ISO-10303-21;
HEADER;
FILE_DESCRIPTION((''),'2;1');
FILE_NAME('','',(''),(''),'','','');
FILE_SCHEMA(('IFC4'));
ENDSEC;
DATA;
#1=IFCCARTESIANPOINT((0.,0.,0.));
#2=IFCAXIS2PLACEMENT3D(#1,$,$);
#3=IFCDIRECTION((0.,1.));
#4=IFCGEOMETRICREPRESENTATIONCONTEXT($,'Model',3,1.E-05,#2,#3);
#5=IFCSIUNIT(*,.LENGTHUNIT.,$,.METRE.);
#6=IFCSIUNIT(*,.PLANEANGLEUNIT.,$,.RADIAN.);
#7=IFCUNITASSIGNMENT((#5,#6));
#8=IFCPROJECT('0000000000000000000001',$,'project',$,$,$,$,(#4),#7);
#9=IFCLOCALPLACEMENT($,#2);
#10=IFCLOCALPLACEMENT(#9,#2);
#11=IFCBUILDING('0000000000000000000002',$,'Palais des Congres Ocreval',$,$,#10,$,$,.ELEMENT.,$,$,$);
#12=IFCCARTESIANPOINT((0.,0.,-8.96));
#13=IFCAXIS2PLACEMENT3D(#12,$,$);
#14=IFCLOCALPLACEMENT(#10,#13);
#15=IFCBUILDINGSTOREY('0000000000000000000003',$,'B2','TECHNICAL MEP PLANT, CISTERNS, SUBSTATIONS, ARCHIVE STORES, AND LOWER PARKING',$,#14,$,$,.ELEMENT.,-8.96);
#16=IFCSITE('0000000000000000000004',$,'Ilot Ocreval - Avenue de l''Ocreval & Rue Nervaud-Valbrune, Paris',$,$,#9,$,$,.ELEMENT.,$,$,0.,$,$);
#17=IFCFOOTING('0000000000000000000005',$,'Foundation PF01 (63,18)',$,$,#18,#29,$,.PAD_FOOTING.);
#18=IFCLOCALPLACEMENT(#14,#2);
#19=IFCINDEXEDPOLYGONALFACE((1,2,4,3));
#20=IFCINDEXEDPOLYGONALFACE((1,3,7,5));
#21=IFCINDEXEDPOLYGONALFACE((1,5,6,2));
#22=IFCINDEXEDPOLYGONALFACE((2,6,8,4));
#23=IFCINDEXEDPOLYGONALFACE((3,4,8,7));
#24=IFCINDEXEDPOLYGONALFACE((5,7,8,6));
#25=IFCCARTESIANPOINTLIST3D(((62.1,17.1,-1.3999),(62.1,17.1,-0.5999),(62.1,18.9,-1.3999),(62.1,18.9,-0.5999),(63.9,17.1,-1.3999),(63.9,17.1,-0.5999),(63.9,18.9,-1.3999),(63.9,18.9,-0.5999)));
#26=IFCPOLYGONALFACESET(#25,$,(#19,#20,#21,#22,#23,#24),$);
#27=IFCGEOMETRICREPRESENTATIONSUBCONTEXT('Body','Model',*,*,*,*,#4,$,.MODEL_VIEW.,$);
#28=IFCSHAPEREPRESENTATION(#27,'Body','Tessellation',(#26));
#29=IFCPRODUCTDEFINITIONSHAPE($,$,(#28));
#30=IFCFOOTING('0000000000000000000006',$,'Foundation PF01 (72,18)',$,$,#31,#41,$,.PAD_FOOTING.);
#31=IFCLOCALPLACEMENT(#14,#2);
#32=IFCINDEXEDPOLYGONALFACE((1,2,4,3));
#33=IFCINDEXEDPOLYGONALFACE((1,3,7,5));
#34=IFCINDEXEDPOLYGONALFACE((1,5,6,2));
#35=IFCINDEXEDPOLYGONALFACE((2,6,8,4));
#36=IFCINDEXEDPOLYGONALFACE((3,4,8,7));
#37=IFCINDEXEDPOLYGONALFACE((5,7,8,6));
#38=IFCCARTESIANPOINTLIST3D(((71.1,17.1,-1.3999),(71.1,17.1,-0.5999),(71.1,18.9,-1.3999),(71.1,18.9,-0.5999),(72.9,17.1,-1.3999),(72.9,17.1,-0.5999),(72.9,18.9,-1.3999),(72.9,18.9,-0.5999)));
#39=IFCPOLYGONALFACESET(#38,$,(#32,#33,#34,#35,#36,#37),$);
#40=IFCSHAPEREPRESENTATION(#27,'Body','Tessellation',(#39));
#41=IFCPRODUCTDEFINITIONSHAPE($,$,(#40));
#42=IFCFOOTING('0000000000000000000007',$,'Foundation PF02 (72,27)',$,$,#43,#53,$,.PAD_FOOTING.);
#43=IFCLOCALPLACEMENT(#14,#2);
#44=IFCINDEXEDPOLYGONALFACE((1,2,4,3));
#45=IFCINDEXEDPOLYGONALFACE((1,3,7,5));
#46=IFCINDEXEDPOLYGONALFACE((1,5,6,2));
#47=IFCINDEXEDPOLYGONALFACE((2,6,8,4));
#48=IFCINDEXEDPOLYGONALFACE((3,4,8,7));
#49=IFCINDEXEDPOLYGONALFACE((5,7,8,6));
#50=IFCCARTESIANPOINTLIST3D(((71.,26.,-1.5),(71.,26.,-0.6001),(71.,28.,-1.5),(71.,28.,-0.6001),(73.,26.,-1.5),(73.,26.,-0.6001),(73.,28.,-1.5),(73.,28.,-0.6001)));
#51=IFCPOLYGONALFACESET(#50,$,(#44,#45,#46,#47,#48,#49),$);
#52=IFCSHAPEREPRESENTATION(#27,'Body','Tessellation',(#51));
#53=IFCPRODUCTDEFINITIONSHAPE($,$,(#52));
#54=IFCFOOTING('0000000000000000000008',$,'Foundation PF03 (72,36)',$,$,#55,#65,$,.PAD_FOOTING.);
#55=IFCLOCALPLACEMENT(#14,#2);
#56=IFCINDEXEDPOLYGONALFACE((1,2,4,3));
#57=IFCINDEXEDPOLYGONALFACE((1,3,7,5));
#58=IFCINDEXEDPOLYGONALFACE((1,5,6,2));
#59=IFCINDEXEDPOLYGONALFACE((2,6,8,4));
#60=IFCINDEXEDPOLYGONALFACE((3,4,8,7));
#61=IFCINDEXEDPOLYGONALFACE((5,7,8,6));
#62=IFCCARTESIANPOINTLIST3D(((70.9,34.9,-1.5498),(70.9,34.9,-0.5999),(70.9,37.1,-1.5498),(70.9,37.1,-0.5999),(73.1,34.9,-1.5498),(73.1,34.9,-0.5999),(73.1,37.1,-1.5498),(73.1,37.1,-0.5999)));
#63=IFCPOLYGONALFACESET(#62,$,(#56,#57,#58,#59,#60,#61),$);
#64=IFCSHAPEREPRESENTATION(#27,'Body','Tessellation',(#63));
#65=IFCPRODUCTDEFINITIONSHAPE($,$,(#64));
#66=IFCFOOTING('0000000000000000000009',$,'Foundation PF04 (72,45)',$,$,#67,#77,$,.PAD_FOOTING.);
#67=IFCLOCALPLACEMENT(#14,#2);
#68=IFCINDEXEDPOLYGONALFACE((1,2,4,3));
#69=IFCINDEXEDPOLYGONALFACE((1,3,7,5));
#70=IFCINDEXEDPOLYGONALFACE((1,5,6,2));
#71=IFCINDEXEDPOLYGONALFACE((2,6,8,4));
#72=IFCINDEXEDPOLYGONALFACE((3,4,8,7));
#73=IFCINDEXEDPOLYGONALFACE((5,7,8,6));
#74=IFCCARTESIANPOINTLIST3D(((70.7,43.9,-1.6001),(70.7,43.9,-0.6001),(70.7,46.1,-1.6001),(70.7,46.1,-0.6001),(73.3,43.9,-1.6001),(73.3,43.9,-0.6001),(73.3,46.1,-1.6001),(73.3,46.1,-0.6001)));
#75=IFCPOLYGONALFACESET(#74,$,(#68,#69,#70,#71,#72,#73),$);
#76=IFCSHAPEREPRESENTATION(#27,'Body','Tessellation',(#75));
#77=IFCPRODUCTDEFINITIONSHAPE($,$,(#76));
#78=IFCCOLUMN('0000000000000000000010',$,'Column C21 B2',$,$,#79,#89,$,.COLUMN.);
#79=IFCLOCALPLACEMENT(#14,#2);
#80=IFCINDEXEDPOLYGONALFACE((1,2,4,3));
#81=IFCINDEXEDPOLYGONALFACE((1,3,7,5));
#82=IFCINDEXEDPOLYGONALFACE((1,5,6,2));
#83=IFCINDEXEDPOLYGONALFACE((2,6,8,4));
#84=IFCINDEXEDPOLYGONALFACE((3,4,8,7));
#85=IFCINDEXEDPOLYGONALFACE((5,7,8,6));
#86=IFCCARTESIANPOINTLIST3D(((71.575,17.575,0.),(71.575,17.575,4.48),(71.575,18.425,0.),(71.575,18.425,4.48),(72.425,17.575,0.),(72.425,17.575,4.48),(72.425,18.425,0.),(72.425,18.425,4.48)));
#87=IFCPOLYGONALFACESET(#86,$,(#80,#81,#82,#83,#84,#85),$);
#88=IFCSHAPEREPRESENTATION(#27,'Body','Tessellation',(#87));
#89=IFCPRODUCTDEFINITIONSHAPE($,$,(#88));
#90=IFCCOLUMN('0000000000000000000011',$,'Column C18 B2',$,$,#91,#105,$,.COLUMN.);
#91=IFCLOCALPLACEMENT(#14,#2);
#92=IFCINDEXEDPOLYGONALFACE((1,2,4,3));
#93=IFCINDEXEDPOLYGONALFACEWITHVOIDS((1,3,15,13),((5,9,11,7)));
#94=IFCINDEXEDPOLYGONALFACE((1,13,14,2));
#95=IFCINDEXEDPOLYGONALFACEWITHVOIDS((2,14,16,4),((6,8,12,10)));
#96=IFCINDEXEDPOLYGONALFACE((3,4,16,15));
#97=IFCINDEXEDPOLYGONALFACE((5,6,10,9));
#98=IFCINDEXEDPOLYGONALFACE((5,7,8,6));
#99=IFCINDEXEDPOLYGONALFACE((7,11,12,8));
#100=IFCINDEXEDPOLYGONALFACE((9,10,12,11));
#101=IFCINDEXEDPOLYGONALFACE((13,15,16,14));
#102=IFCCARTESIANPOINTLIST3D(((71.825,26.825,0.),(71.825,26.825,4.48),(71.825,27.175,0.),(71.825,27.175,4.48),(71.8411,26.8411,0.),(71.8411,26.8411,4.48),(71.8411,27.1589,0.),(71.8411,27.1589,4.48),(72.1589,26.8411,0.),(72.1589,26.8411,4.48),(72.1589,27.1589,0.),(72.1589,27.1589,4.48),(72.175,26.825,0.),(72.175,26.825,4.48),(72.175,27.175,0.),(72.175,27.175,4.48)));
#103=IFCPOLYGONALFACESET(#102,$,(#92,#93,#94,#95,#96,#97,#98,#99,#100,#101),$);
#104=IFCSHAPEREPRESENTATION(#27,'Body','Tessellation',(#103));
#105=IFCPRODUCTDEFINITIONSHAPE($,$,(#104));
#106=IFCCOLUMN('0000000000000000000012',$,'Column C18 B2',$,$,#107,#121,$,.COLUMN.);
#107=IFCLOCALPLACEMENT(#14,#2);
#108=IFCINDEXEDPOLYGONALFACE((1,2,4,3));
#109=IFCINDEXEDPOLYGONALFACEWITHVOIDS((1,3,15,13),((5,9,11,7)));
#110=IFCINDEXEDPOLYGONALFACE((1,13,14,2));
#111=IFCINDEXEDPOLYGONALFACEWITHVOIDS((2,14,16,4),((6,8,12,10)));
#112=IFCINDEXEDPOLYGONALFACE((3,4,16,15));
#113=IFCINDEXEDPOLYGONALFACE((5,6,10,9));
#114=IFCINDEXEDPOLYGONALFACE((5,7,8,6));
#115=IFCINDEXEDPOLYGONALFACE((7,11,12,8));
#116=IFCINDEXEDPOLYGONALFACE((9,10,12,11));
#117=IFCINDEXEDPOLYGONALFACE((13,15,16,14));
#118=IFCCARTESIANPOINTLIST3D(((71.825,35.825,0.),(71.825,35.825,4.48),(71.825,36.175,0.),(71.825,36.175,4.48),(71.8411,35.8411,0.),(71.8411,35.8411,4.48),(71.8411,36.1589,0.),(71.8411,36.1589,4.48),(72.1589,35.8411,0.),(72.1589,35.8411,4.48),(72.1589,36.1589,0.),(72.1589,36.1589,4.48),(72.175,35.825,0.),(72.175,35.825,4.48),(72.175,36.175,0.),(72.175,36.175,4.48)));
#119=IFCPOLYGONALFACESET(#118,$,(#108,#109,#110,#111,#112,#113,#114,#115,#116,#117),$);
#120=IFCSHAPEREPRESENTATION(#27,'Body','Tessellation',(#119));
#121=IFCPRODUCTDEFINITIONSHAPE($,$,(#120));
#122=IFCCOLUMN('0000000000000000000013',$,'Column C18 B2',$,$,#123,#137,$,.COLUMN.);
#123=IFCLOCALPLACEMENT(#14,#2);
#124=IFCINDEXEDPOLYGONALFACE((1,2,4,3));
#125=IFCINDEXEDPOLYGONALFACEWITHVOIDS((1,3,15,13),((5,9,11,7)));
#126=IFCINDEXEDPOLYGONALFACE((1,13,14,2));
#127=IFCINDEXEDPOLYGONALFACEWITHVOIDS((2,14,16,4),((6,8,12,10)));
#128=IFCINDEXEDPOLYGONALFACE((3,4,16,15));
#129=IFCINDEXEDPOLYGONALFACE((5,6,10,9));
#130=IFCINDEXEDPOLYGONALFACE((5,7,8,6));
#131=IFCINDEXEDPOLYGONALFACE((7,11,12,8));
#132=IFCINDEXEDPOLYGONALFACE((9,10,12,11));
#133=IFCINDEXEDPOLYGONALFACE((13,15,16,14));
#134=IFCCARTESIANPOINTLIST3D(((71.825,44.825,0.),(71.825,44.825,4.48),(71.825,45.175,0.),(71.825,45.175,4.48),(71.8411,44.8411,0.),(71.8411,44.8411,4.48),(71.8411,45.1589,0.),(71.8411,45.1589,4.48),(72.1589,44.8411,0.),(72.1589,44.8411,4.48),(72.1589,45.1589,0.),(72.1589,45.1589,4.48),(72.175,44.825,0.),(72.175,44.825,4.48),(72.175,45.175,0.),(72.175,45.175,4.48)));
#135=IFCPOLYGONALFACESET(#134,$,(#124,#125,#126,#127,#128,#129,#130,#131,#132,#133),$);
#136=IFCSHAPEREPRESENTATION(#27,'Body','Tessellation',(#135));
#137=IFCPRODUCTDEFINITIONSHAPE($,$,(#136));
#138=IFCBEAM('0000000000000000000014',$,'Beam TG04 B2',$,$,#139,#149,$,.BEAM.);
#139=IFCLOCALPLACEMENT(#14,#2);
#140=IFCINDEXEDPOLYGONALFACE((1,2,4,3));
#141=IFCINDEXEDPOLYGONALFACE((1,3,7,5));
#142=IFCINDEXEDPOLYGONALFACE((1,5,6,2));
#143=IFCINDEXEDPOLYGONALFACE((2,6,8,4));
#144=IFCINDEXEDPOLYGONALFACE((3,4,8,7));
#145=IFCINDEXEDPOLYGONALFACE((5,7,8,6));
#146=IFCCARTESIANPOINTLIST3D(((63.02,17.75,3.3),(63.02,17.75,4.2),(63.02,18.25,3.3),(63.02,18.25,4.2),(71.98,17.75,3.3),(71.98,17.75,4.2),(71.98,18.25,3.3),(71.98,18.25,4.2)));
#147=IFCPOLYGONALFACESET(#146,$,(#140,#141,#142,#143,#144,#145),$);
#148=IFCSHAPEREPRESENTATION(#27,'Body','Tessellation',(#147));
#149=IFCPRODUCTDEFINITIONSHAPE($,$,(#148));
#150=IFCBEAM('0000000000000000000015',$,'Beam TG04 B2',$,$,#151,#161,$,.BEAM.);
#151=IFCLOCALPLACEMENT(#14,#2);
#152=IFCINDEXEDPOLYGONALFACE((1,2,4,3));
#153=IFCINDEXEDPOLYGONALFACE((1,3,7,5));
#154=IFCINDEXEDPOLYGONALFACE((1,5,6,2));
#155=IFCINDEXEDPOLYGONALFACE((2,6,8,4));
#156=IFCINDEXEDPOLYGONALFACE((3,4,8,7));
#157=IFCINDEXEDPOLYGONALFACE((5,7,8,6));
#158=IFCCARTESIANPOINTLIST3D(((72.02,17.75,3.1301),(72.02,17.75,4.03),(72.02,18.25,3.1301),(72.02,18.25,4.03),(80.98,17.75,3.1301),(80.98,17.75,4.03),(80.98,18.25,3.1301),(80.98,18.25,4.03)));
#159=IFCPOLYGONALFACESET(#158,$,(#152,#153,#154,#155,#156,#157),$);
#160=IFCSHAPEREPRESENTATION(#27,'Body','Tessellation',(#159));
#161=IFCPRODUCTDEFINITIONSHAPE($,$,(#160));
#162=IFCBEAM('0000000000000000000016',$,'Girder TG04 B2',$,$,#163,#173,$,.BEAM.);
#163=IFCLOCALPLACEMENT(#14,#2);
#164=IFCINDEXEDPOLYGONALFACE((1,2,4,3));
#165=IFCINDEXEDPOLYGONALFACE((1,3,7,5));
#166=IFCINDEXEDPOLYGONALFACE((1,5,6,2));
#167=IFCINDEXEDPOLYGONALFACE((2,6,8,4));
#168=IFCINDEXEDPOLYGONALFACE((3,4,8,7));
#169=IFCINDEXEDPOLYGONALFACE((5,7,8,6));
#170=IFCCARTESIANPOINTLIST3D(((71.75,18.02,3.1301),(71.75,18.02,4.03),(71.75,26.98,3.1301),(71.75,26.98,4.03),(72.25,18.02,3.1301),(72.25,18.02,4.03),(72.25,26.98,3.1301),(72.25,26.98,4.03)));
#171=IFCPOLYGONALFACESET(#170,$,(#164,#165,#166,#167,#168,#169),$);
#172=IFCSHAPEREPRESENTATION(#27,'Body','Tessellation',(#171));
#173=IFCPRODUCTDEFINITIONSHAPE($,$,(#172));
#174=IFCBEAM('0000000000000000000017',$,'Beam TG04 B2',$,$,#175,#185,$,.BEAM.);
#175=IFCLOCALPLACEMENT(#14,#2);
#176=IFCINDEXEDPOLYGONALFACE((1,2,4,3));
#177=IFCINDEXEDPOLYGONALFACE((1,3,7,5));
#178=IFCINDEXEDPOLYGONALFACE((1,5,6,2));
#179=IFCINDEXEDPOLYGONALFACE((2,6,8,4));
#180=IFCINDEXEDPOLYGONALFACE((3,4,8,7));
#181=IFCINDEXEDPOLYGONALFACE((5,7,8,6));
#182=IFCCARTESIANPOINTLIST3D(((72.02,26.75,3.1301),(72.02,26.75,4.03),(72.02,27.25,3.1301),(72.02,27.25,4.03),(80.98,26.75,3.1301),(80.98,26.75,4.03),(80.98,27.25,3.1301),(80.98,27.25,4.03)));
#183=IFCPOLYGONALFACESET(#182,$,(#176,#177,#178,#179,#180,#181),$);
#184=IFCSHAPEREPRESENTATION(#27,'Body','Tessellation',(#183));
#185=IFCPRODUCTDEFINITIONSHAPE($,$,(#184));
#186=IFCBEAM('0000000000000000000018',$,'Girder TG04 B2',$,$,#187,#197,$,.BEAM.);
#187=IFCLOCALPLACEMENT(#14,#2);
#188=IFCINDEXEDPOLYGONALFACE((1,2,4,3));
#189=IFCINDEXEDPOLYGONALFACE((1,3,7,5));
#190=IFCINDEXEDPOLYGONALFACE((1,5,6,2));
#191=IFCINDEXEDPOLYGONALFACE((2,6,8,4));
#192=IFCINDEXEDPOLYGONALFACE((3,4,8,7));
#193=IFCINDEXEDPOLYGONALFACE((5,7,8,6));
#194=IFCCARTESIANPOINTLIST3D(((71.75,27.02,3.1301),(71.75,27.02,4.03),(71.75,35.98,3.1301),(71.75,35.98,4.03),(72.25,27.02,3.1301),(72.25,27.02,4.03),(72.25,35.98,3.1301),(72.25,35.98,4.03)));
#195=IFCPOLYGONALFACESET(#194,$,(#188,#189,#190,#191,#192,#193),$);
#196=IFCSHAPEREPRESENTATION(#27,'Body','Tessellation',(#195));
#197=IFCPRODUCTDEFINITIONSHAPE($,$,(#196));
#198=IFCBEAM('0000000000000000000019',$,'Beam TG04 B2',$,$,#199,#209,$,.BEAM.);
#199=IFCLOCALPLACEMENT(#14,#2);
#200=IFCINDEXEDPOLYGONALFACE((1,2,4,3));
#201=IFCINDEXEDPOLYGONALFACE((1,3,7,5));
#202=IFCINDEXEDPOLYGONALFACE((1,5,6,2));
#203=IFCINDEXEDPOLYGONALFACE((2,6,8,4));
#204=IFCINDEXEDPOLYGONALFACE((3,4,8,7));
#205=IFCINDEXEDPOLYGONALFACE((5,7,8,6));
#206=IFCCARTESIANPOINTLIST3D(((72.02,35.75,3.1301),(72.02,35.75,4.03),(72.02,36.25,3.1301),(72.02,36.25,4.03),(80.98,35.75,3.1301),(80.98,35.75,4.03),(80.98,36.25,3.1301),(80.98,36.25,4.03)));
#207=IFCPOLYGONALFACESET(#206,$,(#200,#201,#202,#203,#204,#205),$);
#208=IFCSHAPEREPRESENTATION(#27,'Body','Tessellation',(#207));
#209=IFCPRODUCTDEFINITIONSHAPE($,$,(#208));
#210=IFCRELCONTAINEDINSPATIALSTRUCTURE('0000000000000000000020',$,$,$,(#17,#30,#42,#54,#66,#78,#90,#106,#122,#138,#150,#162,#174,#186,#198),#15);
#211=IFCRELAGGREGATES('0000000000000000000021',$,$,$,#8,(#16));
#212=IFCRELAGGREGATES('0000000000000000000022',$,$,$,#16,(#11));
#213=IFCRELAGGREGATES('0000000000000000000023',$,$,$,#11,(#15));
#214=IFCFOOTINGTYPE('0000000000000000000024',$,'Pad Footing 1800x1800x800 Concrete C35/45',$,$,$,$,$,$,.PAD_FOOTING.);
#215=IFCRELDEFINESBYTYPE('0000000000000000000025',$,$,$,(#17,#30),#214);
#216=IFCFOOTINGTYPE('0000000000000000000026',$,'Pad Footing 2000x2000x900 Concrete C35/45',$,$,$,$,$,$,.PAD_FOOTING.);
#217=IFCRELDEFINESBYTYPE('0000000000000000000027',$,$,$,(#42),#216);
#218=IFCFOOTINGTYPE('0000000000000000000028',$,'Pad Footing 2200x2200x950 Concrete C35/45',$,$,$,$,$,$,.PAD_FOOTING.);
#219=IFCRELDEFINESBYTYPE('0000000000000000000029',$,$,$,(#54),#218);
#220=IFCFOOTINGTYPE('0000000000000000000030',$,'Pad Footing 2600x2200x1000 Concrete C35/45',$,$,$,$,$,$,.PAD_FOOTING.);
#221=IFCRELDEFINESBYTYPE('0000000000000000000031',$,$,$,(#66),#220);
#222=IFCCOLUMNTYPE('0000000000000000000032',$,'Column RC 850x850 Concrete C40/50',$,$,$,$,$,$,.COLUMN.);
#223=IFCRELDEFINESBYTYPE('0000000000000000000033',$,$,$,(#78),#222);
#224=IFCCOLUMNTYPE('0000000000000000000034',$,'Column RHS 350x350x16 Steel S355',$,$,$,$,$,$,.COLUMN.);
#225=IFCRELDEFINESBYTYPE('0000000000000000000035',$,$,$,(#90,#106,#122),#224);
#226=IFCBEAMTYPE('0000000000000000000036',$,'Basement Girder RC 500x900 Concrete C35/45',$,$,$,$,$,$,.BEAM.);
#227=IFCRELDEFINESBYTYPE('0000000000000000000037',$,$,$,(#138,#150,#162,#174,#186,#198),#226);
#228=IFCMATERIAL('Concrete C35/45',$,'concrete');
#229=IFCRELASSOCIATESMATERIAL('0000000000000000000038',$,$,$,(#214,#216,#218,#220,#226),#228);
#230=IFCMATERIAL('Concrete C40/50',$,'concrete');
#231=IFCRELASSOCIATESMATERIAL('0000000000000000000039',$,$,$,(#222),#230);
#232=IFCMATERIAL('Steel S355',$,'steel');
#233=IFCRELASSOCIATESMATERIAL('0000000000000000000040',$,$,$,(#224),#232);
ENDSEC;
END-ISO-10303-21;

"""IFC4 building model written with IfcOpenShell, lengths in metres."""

from ifc_helpers import new_model, si_unit, direction, frame, origin, origin_2d, place, context, subcontext, project, spatial, rectangle, hollow_rectangle, extrude, material, material_profile, profile_set, type_object, element, save


model = new_model("IFC4")

# Units and contexts
model_context = context("Model", 3, precision=1e-05, world=origin(), true_north=direction((0.0, 1.0)))
body_context = subcontext(model_context, "Body", "Model", "MODEL_VIEW")
ifc_project = project(units=[si_unit("LENGTHUNIT", "METRE"), si_unit("PLANEANGLEUNIT", "RADIAN")], contexts=[model_context])

# Site, building, storey
site_placement = place(None, origin())
site = spatial("IfcSite", under=ifc_project, at=site_placement, Name="Ilot Ocreval - Avenue de l'Ocreval & Rue Nervaud-Valbrune, Paris", CompositionType="ELEMENT", RefElevation=0.0)
building_placement = place(site_placement, origin())
building = spatial("IfcBuilding", under=site, at=building_placement, Name="Palais des Congres Ocreval", CompositionType="ELEMENT")
storey_placement = place(building_placement, frame((0.0, 0.0, -8.96)))
storey = spatial("IfcBuildingStorey", under=building, at=storey_placement, Name="B2", Description="TECHNICAL MEP PLANT, CISTERNS, SUBSTATIONS, ARCHIVE STORES, AND LOWER PARKING", CompositionType="ELEMENT", Elevation=-8.96)

# Footings
ifc_material_1 = material(Name="Concrete C35/45", Category="concrete")
footing_type_1 = type_object("IfcFootingType", Name="Pad Footing 1800x1800x800 Concrete C35/45", PredefinedType="PAD_FOOTING", material=ifc_material_1)
for number, where, z_axis, x_axis, name in (
    (1, (63.0, 18.0, -1.3999), (0.0, 0.0, 1.0), (1.0, 0.0, 0.0), "Foundation PF01 (63,18)"),
    (2, (72.0, 18.0, -1.3999), (0.0, 0.0, 1.0), (1.0, 0.0, 0.0), "Foundation PF01 (72,18)"),
):
    element("IfcFooting", number, at=place(storey_placement, frame(where, z_axis=z_axis, x_axis=x_axis)), inside=storey, type_object=footing_type_1, Name=name, PredefinedType="PAD_FOOTING", context=body_context, shape_type="SweptSolid", body=[
        extrude(rectangle(XDim=1.8, YDim=1.8, at=origin_2d()), origin(), (0.0, 0.0, 1.0), 0.8),
    ])
footing_type_2 = type_object("IfcFootingType", Name="Pad Footing 2000x2000x900 Concrete C35/45", PredefinedType="PAD_FOOTING", material=ifc_material_1)
footing_1_placement = place(storey_placement, frame((72.0, 27.0, -1.5), z_axis=(0.0, 0.0, 1.0), x_axis=(1.0, 0.0, 0.0)))
element("IfcFooting", 3, at=footing_1_placement, inside=storey, type_object=footing_type_2, Name="Foundation PF02 (72,27)", PredefinedType="PAD_FOOTING", context=body_context, shape_type="SweptSolid", body=[
    extrude(rectangle(XDim=2.0, YDim=2.0, at=origin_2d()), origin(), (0.0, 0.0, 1.0), 0.8999),
])
footing_type_3 = type_object("IfcFootingType", Name="Pad Footing 2200x2200x950 Concrete C35/45", PredefinedType="PAD_FOOTING", material=ifc_material_1)
footing_2_placement = place(storey_placement, frame((72.0, 36.0, -1.5498), z_axis=(0.0, 0.0, 1.0), x_axis=(1.0, 0.0, 0.0)))
element("IfcFooting", 4, at=footing_2_placement, inside=storey, type_object=footing_type_3, Name="Foundation PF03 (72,36)", PredefinedType="PAD_FOOTING", context=body_context, shape_type="SweptSolid", body=[
    extrude(rectangle(XDim=2.2, YDim=2.2, at=origin_2d()), origin(), (0.0, 0.0, 1.0), 0.95),
])
footing_type_4 = type_object("IfcFootingType", Name="Pad Footing 2600x2200x1000 Concrete C35/45", PredefinedType="PAD_FOOTING", material=ifc_material_1)
footing_3_placement = place(storey_placement, frame((72.0, 45.0, -1.6001), z_axis=(0.0, 0.0, 1.0), x_axis=(1.0, 0.0, 0.0)))
element("IfcFooting", 5, at=footing_3_placement, inside=storey, type_object=footing_type_4, Name="Foundation PF04 (72,45)", PredefinedType="PAD_FOOTING", context=body_context, shape_type="SweptSolid", body=[
    extrude(rectangle(XDim=2.6001, YDim=2.2, at=origin_2d()), origin(), (0.0, 0.0, 1.0), 1.0),
])

# Columns
ifc_material_2 = material(Name="Concrete C40/50", Category="concrete")
ifc_material_profile_1 = material_profile(ifc_material_2, rectangle(XDim=0.8501, YDim=0.8501, at=origin_2d()), Name="RC 850x850")
ifc_profile_set_1 = profile_set([ifc_material_profile_1], Name="Concrete C40/50")
column_type_1 = type_object("IfcColumnType", Name="Column RC 850x850 Concrete C40/50", PredefinedType="COLUMN", material=ifc_profile_set_1)
column_placement = place(storey_placement, frame((72.0, 18.0, 0.0), z_axis=(0.0, 0.0, 1.0), x_axis=(1.0, 0.0, 0.0)))
element("IfcColumn", 6, at=column_placement, inside=storey, type_object=column_type_1, Name="Column C21 B2", PredefinedType="COLUMN", context=body_context, shape_type="SweptSolid", body=[
    extrude(rectangle(XDim=0.8501, YDim=0.8501, at=origin_2d()), origin(), (0.0, 0.0, 1.0), 4.48),
])
ifc_material_3 = material(Name="Steel S355", Category="steel")
ifc_material_profile_2 = material_profile(ifc_material_3, hollow_rectangle(XDim=0.3501, YDim=0.3501, WallThickness=0.0161, at=origin_2d()), Name="RHS 350x350x16")
ifc_profile_set_2 = profile_set([ifc_material_profile_2], Name="Steel S355")
column_type_2 = type_object("IfcColumnType", Name="Column RHS 350x350x16 Steel S355", PredefinedType="COLUMN", material=ifc_profile_set_2)
for number, where, z_axis, x_axis, name in (
    (7, (72.0, 27.0, 0.0), (0.0, 0.0, 1.0), (1.0, 0.0, 0.0), "Column C18 B2"),
    (8, (72.0, 36.0, 0.0), (0.0, 0.0, 1.0), (1.0, 0.0, 0.0), "Column C18 B2"),
    (9, (72.0, 45.0, 0.0), (0.0, 0.0, 1.0), (1.0, 0.0, 0.0), "Column C18 B2"),
):
    element("IfcColumn", number, at=place(storey_placement, frame(where, z_axis=z_axis, x_axis=x_axis)), inside=storey, type_object=column_type_2, Name=name, PredefinedType="COLUMN", context=body_context, shape_type="SweptSolid", body=[
        extrude(hollow_rectangle(XDim=0.3501, YDim=0.3501, WallThickness=0.0161, at=origin_2d()), origin(), (0.0, 0.0, 1.0), 4.48),
    ])

# Beams
ifc_material_profile_3 = material_profile(ifc_material_1, rectangle(XDim=0.5, YDim=0.8999, at=origin_2d()), Name="RC 500x900")
ifc_profile_set_3 = profile_set([ifc_material_profile_3], Name="Concrete C35/45")
beam_type = type_object("IfcBeamType", Name="Basement Girder RC 500x900 Concrete C35/45", PredefinedType="BEAM", material=ifc_profile_set_3)
for number, where, z_axis, x_axis, name in (
    (10, (63.02, 18.0, 3.75), (1.0, 0.0, 0.0), (0.0, 1.0, 0.0), "Beam TG04 B2"),
    (11, (72.02, 18.0, 3.5801), (1.0, 0.0, 0.0), (0.0, 1.0, 0.0), "Beam TG04 B2"),
    (12, (72.0, 18.02, 3.5801), (0.0, 1.0, 0.0), (-1.0, 0.0, 0.0), "Girder TG04 B2"),
    (13, (72.02, 27.0, 3.5801), (1.0, 0.0, 0.0), (0.0, 1.0, 0.0), "Beam TG04 B2"),
    (14, (72.0, 27.02, 3.5801), (0.0, 1.0, 0.0), (-1.0, 0.0, 0.0), "Girder TG04 B2"),
    (15, (72.02, 36.0, 3.5801), (1.0, 0.0, 0.0), (0.0, 1.0, 0.0), "Beam TG04 B2"),
):
    element("IfcBeam", number, at=place(storey_placement, frame(where, z_axis=z_axis, x_axis=x_axis)), inside=storey, type_object=beam_type, Name=name, PredefinedType="BEAM", context=body_context, shape_type="SweptSolid", body=[
        extrude(rectangle(XDim=0.5, YDim=0.8999, at=origin_2d()), origin(), (0.0, 0.0, 1.0), 8.96),
    ])

save(model, "model.ifc")
